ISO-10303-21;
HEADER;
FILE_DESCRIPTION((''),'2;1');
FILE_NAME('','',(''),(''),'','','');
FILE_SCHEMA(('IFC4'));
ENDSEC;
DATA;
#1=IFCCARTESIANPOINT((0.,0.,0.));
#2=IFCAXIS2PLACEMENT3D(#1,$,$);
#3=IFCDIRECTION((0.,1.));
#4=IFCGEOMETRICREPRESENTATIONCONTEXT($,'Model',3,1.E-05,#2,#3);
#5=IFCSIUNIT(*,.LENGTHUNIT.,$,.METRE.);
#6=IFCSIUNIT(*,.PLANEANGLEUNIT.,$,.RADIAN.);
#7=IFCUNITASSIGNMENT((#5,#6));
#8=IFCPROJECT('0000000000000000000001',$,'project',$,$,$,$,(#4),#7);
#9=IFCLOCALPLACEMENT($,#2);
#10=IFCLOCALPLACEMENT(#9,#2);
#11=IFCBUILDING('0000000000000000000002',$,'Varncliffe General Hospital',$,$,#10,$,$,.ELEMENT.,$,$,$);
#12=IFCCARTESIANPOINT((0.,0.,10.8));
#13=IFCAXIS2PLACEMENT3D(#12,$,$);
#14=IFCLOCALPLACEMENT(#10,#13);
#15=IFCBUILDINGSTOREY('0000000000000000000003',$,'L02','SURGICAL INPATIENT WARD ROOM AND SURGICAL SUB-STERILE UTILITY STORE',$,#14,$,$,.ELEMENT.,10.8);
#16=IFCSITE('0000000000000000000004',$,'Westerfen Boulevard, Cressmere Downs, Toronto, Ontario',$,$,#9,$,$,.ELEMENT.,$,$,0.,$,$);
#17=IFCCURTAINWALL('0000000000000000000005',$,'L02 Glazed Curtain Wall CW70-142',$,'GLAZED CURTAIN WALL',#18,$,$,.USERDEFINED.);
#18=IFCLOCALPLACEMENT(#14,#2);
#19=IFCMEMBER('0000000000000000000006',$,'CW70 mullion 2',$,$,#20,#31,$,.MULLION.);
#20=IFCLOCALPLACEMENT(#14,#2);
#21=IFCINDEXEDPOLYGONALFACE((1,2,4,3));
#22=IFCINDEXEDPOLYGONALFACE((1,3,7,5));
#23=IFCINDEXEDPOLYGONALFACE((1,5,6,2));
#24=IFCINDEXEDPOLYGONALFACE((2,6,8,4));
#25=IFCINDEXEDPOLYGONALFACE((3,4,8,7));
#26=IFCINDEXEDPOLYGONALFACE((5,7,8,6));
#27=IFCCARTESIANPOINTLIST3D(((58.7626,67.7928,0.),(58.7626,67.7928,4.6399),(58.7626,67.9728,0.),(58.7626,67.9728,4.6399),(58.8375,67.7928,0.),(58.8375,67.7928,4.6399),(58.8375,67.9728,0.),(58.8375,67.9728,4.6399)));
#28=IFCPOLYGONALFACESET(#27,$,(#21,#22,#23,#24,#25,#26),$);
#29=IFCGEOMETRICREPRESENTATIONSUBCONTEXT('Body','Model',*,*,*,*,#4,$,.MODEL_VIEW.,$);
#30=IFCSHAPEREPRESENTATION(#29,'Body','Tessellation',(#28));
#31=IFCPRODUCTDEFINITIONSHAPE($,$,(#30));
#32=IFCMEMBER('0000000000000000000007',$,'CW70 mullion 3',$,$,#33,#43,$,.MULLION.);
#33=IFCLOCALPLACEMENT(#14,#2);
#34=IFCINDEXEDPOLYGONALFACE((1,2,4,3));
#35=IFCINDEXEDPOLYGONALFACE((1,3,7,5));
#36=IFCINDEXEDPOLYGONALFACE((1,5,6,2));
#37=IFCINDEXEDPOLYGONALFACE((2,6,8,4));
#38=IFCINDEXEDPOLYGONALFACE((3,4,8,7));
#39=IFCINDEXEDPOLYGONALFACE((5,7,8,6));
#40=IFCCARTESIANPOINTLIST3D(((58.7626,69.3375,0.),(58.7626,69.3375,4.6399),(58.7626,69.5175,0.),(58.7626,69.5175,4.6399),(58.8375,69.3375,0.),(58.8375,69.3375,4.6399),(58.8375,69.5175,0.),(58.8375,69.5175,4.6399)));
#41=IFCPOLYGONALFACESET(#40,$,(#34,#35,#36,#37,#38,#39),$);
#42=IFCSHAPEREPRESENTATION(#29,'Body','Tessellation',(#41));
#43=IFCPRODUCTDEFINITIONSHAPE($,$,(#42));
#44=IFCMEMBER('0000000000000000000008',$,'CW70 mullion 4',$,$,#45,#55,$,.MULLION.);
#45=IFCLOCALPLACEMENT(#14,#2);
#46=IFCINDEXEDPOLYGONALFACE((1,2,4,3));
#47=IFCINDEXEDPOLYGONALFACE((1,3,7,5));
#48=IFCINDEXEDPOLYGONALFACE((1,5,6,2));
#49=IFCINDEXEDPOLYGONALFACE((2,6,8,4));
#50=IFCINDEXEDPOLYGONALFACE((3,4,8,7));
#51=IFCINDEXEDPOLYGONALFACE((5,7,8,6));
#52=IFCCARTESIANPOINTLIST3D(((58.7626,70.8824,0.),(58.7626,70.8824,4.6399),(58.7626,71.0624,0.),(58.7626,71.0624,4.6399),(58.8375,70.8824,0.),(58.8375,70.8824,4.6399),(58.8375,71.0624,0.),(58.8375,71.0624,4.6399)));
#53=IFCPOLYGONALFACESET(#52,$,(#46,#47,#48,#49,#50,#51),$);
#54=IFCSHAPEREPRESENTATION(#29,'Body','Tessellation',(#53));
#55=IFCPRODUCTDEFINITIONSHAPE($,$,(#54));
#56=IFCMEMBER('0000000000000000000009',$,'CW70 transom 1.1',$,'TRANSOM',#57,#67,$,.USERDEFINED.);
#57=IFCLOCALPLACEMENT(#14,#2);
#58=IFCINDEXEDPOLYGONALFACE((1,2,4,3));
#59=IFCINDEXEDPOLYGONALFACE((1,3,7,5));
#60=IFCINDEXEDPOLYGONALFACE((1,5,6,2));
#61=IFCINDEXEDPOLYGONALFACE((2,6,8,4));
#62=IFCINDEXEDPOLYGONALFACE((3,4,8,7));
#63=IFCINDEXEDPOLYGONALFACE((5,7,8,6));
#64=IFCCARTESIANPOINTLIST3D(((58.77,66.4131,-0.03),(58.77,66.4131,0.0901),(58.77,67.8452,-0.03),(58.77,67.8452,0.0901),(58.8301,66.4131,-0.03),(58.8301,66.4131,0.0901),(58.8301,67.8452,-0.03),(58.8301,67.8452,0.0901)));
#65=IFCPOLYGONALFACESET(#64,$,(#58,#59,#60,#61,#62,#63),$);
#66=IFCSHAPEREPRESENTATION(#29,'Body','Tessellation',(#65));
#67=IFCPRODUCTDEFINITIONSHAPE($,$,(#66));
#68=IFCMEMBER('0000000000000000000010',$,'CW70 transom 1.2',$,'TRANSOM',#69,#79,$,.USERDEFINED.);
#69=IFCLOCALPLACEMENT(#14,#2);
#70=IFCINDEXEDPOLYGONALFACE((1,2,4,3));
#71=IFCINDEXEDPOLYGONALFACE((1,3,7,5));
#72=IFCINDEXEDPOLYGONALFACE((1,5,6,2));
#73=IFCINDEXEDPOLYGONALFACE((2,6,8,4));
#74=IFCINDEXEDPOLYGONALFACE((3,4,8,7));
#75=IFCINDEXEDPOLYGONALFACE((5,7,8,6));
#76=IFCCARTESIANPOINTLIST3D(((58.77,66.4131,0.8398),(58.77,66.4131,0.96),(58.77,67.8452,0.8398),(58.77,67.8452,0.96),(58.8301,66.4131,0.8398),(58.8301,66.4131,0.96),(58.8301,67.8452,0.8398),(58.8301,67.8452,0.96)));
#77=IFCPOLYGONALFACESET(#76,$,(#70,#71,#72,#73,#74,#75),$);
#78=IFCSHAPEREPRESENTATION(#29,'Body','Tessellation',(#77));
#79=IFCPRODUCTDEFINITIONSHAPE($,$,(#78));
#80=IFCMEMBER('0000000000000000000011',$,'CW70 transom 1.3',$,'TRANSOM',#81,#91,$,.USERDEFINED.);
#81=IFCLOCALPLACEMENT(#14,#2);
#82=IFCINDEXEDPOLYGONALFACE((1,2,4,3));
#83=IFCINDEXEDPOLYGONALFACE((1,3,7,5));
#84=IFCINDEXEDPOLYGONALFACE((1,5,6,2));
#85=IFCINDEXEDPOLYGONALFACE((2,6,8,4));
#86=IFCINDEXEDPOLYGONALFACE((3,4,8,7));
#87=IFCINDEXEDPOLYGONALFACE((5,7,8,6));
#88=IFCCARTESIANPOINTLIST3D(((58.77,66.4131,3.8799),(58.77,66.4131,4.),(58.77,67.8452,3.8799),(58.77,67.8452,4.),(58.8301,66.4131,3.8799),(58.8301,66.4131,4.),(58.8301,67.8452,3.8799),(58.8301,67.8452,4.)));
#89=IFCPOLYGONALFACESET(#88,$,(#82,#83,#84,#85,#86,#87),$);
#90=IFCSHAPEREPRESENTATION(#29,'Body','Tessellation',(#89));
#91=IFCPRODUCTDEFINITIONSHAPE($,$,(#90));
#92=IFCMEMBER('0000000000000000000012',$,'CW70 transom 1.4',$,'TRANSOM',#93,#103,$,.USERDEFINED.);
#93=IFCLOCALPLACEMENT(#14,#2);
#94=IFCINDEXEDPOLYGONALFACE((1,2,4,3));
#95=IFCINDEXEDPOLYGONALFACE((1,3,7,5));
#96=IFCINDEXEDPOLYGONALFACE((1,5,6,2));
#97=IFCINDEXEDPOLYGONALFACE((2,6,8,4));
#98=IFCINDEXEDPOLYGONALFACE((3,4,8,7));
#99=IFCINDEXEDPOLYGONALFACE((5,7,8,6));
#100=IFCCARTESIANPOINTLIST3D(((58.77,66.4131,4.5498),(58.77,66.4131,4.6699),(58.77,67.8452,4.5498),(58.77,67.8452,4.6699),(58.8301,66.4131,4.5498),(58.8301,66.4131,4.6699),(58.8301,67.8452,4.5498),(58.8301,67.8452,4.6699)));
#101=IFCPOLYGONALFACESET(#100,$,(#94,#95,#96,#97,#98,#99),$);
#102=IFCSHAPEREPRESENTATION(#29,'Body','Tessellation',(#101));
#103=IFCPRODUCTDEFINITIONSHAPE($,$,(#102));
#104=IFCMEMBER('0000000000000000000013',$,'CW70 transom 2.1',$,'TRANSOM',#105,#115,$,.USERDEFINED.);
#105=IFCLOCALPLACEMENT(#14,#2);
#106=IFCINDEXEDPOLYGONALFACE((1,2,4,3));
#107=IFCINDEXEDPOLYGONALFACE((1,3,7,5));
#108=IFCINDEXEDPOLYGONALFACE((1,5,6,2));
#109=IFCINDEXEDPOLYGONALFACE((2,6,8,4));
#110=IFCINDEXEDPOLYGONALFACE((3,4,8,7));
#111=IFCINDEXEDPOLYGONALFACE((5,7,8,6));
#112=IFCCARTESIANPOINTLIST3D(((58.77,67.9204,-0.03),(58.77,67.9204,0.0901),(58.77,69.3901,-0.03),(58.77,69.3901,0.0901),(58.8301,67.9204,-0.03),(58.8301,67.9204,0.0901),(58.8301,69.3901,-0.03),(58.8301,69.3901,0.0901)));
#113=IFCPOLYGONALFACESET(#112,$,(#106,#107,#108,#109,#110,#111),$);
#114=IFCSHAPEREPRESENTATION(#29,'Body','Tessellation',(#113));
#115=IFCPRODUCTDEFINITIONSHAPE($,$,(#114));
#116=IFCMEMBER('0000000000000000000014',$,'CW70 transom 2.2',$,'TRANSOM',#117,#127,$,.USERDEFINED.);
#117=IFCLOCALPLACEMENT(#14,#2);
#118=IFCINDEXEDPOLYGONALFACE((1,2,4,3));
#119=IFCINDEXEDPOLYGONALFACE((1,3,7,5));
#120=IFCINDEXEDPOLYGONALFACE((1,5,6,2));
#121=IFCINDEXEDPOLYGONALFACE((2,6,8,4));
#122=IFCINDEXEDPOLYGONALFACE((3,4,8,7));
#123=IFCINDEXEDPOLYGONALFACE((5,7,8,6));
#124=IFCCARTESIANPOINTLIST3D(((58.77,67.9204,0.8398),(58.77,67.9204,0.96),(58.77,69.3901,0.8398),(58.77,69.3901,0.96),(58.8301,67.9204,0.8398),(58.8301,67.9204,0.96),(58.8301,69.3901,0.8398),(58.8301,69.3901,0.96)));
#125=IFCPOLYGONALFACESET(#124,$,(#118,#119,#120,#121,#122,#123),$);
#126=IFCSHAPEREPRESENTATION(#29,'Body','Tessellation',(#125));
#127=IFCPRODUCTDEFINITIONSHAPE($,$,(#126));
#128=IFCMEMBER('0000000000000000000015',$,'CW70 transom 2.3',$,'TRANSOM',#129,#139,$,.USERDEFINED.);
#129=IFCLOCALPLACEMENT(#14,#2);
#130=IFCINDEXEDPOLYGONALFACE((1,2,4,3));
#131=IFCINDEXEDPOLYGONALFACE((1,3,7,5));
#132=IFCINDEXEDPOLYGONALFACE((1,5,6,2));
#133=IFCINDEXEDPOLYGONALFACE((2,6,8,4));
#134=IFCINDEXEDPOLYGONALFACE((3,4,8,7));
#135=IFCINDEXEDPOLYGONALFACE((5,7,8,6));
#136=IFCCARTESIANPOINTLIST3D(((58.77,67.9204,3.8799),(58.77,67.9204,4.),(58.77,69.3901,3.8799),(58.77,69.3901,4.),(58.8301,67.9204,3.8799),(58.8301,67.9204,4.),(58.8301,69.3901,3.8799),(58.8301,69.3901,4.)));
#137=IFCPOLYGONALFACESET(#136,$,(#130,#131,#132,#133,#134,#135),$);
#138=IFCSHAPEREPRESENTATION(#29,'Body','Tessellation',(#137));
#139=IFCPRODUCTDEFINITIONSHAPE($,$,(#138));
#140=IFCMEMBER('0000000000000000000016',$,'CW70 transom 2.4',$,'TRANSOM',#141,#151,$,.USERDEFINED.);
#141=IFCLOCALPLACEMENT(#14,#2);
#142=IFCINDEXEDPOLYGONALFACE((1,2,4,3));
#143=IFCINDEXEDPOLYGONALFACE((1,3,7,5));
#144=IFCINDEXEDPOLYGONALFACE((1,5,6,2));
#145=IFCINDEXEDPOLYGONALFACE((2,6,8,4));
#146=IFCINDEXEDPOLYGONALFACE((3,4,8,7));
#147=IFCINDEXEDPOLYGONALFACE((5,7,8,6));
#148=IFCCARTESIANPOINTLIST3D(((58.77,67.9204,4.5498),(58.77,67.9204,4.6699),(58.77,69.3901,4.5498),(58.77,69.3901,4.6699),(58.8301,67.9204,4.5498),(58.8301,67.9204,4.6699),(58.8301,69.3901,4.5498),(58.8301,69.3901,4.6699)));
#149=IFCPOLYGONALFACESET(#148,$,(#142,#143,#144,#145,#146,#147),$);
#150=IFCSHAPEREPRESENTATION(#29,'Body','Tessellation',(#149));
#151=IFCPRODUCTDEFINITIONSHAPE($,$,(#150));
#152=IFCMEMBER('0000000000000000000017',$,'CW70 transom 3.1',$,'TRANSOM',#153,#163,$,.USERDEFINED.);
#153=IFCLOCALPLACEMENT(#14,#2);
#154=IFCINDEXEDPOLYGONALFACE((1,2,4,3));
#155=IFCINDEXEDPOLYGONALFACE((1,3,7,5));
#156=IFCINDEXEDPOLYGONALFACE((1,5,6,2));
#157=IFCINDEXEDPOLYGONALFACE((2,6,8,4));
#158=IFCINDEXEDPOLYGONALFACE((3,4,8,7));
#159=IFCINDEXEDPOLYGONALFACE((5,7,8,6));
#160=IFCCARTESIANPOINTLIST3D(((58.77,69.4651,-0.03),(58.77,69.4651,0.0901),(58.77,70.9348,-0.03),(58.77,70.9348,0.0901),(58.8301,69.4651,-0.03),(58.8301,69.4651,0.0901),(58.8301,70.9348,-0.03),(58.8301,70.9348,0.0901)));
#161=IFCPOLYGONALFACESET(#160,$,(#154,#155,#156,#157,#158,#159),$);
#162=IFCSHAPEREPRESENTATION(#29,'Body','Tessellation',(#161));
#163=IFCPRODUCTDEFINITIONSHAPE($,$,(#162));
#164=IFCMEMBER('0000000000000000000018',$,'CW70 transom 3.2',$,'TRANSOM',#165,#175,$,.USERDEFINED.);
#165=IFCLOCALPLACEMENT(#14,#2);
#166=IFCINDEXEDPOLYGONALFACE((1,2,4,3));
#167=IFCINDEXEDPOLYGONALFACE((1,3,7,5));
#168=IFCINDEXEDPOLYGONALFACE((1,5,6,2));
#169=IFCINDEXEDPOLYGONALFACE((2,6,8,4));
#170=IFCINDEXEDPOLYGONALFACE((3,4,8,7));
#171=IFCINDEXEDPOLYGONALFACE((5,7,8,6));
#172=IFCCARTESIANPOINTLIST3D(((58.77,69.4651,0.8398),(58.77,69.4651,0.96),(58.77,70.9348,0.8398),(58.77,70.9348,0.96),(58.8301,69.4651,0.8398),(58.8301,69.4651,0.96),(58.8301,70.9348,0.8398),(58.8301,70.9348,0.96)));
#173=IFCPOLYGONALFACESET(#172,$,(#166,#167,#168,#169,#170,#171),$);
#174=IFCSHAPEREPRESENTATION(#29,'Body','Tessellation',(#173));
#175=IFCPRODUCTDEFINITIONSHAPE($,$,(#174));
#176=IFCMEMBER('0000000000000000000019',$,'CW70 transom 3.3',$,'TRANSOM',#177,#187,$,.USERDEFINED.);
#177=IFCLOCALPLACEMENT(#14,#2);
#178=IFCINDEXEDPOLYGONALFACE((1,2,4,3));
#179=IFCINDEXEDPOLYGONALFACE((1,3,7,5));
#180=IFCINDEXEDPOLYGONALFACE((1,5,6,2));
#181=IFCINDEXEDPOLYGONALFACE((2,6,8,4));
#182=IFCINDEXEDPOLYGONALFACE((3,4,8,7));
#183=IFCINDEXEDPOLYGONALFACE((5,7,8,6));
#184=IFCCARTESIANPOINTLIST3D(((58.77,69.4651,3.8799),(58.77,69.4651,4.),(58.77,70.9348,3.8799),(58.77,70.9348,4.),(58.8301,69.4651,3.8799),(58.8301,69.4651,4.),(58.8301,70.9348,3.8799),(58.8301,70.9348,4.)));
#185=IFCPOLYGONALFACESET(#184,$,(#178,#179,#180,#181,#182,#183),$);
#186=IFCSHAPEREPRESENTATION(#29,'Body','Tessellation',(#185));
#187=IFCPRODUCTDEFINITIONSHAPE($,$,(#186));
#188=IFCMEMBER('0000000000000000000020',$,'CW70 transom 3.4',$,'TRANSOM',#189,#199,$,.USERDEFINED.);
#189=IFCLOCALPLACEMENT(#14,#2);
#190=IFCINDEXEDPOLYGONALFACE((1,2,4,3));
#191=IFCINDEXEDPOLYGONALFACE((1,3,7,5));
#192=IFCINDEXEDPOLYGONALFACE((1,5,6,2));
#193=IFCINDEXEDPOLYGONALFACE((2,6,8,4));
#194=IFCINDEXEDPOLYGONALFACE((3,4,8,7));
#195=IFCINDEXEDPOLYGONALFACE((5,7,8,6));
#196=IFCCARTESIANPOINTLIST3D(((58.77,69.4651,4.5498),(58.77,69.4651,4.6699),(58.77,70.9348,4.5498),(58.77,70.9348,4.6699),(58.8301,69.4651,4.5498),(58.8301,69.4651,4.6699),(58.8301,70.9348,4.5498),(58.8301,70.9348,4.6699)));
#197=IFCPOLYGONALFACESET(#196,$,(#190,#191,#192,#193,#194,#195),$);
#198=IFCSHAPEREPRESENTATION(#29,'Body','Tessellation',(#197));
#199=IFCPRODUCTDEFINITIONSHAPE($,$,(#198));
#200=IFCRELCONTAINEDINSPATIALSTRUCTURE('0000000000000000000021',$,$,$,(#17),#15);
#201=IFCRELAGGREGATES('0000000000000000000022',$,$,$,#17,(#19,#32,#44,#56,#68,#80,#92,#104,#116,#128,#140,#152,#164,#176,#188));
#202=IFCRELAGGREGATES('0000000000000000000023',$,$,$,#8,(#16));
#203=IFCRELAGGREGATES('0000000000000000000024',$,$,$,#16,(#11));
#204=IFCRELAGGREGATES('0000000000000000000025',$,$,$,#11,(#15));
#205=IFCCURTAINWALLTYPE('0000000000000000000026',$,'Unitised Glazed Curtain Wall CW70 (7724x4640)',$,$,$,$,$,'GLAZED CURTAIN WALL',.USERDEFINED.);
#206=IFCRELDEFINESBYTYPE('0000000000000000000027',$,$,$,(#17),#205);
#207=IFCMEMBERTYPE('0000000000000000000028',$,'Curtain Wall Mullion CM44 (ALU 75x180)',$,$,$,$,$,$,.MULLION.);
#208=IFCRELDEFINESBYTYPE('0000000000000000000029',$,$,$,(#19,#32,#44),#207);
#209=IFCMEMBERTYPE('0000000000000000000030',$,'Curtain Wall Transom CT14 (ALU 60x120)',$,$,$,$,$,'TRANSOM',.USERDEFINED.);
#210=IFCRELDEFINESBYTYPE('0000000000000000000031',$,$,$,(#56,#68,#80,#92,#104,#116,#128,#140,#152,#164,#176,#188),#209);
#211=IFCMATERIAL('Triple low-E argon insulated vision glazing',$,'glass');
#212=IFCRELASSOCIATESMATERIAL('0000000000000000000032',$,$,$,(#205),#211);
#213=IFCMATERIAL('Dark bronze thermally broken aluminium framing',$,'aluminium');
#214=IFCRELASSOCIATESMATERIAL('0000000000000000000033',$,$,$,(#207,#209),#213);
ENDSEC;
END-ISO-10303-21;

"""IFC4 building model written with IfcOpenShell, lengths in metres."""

from ifc_helpers import new_model, si_unit, direction, frame, origin, origin_2d, place, context, subcontext, project, spatial, rectangle, extrude, material, material_profile, profile_set, type_object, element, aggregate, save


model = new_model("IFC4")

# Units and contexts
model_context = context("Model", 3, precision=1e-05, world=origin(), true_north=direction((0.0, 1.0)))
body_context = subcontext(model_context, "Body", "Model", "MODEL_VIEW")
ifc_project = project(units=[si_unit("LENGTHUNIT", "METRE"), si_unit("PLANEANGLEUNIT", "RADIAN")], contexts=[model_context])

# Site, building, storey
site_placement = place(None, origin())
site = spatial("IfcSite", under=ifc_project, at=site_placement, Name="Westerfen Boulevard, Cressmere Downs, Toronto, Ontario", CompositionType="ELEMENT", RefElevation=0.0)
building_placement = place(site_placement, origin())
building = spatial("IfcBuilding", under=site, at=building_placement, Name="Varncliffe General Hospital", CompositionType="ELEMENT")
storey_placement = place(building_placement, frame((0.0, 0.0, 10.8)))
storey = spatial("IfcBuildingStorey", under=building, at=storey_placement, Name="L02", Description="SURGICAL INPATIENT WARD ROOM AND SURGICAL SUB-STERILE UTILITY STORE", CompositionType="ELEMENT", Elevation=10.8)

# Curtain wall, members
ifc_material_1 = material(Name="Triple low-E argon insulated vision glazing", Category="glass")
curtain_wall_type = type_object("IfcCurtainWallType", Name="Unitised Glazed Curtain Wall CW70 (7724x4640)", ElementType="GLAZED CURTAIN WALL", PredefinedType="USERDEFINED", material=ifc_material_1)
curtain_wall_placement = place(storey_placement, origin())
curtain_wall = element("IfcCurtainWall", 1, at=curtain_wall_placement, inside=storey, type_object=curtain_wall_type, Name="L02 Glazed Curtain Wall CW70-142", ObjectType="GLAZED CURTAIN WALL", PredefinedType="USERDEFINED")
ifc_material_2 = material(Name="Dark bronze thermally broken aluminium framing", Category="aluminium")
ifc_material_profile_1 = material_profile(ifc_material_2, rectangle(XDim=0.075, YDim=0.1799, at=origin_2d()), Name="ALU 75x180")
ifc_profile_set_1 = profile_set([ifc_material_profile_1], Name="Dark bronze thermally broken aluminium framing")
member_type_1 = type_object("IfcMemberType", Name="Curtain Wall Mullion CM44 (ALU 75x180)", PredefinedType="MULLION", material=ifc_profile_set_1)
member_1_placement = place(storey_placement, frame((58.8, 67.8828, 0.0), z_axis=(0.0, 0.0, 1.0), x_axis=(-1.0, 0.0, 0.0)))
member_1 = element("IfcMember", 2, at=member_1_placement, type_object=member_type_1, Name="CW70 mullion 2", PredefinedType="MULLION", context=body_context, shape_type="SweptSolid", body=[
    extrude(rectangle(XDim=0.075, YDim=0.1799, at=origin_2d()), origin(), (0.0, 0.0, 1.0), 4.6399),
])
member_2_placement = place(storey_placement, frame((58.8, 69.4275, 0.0), z_axis=(0.0, 0.0, 1.0), x_axis=(-1.0, 0.0, 0.0)))
member_2 = element("IfcMember", 3, at=member_2_placement, type_object=member_type_1, Name="CW70 mullion 3", PredefinedType="MULLION", context=body_context, shape_type="SweptSolid", body=[
    extrude(rectangle(XDim=0.075, YDim=0.1799, at=origin_2d()), origin(), (0.0, 0.0, 1.0), 4.6399),
])
member_3_placement = place(storey_placement, frame((58.8, 70.9724, 0.0), z_axis=(0.0, 0.0, 1.0), x_axis=(-1.0, 0.0, 0.0)))
member_3 = element("IfcMember", 4, at=member_3_placement, type_object=member_type_1, Name="CW70 mullion 4", PredefinedType="MULLION", context=body_context, shape_type="SweptSolid", body=[
    extrude(rectangle(XDim=0.075, YDim=0.1799, at=origin_2d()), origin(), (0.0, 0.0, 1.0), 4.6399),
])
ifc_material_profile_2 = material_profile(ifc_material_2, rectangle(XDim=0.0601, YDim=0.1201, at=origin_2d()), Name="ALU 60x120")
ifc_profile_set_2 = profile_set([ifc_material_profile_2], Name="Dark bronze thermally broken aluminium framing")
member_type_2 = type_object("IfcMemberType", Name="Curtain Wall Transom CT14 (ALU 60x120)", ElementType="TRANSOM", PredefinedType="USERDEFINED", material=ifc_profile_set_2)
member_4_placement = place(storey_placement, frame((58.8, 66.4131, 0.03), z_axis=(0.0, 1.0, 0.0), x_axis=(-1.0, 0.0, 0.0)))
member_4 = element("IfcMember", 5, at=member_4_placement, type_object=member_type_2, Name="CW70 transom 1.1", ObjectType="TRANSOM", PredefinedType="USERDEFINED", context=body_context, shape_type="SweptSolid", body=[
    extrude(rectangle(XDim=0.0601, YDim=0.1201, at=origin_2d()), origin(), (0.0, 0.0, 1.0), 1.4321),
])
member_5_placement = place(storey_placement, frame((58.8, 66.4131, 0.8999), z_axis=(0.0, 1.0, 0.0), x_axis=(-1.0, 0.0, 0.0)))
member_5 = element("IfcMember", 6, at=member_5_placement, type_object=member_type_2, Name="CW70 transom 1.2", ObjectType="TRANSOM", PredefinedType="USERDEFINED", context=body_context, shape_type="SweptSolid", body=[
    extrude(rectangle(XDim=0.0601, YDim=0.1201, at=origin_2d()), origin(), (0.0, 0.0, 1.0), 1.4321),
])
member_6_placement = place(storey_placement, frame((58.8, 66.4131, 3.9399), z_axis=(0.0, 1.0, 0.0), x_axis=(-1.0, 0.0, 0.0)))
member_6 = element("IfcMember", 7, at=member_6_placement, type_object=member_type_2, Name="CW70 transom 1.3", ObjectType="TRANSOM", PredefinedType="USERDEFINED", context=body_context, shape_type="SweptSolid", body=[
    extrude(rectangle(XDim=0.0601, YDim=0.1201, at=origin_2d()), origin(), (0.0, 0.0, 1.0), 1.4321),
])
member_7_placement = place(storey_placement, frame((58.8, 66.4131, 4.6099), z_axis=(0.0, 1.0, 0.0), x_axis=(-1.0, 0.0, 0.0)))
member_7 = element("IfcMember", 8, at=member_7_placement, type_object=member_type_2, Name="CW70 transom 1.4", ObjectType="TRANSOM", PredefinedType="USERDEFINED", context=body_context, shape_type="SweptSolid", body=[
    extrude(rectangle(XDim=0.0601, YDim=0.1201, at=origin_2d()), origin(), (0.0, 0.0, 1.0), 1.4321),
])
member_8_placement = place(storey_placement, frame((58.8, 67.9204, 0.03), z_axis=(0.0, 1.0, 0.0), x_axis=(-1.0, 0.0, 0.0)))
member_8 = element("IfcMember", 9, at=member_8_placement, type_object=member_type_2, Name="CW70 transom 2.1", ObjectType="TRANSOM", PredefinedType="USERDEFINED", context=body_context, shape_type="SweptSolid", body=[
    extrude(rectangle(XDim=0.0601, YDim=0.1201, at=origin_2d()), origin(), (0.0, 0.0, 1.0), 1.4697),
])
member_9_placement = place(storey_placement, frame((58.8, 67.9204, 0.8999), z_axis=(0.0, 1.0, 0.0), x_axis=(-1.0, 0.0, 0.0)))
member_9 = element("IfcMember", 10, at=member_9_placement, type_object=member_type_2, Name="CW70 transom 2.2", ObjectType="TRANSOM", PredefinedType="USERDEFINED", context=body_context, shape_type="SweptSolid", body=[
    extrude(rectangle(XDim=0.0601, YDim=0.1201, at=origin_2d()), origin(), (0.0, 0.0, 1.0), 1.4697),
])
member_10_placement = place(storey_placement, frame((58.8, 67.9204, 3.9399), z_axis=(0.0, 1.0, 0.0), x_axis=(-1.0, 0.0, 0.0)))
member_10 = element("IfcMember", 11, at=member_10_placement, type_object=member_type_2, Name="CW70 transom 2.3", ObjectType="TRANSOM", PredefinedType="USERDEFINED", context=body_context, shape_type="SweptSolid", body=[
    extrude(rectangle(XDim=0.0601, YDim=0.1201, at=origin_2d()), origin(), (0.0, 0.0, 1.0), 1.4697),
])
member_11_placement = place(storey_placement, frame((58.8, 67.9204, 4.6099), z_axis=(0.0, 1.0, 0.0), x_axis=(-1.0, 0.0, 0.0)))
member_11 = element("IfcMember", 12, at=member_11_placement, type_object=member_type_2, Name="CW70 transom 2.4", ObjectType="TRANSOM", PredefinedType="USERDEFINED", context=body_context, shape_type="SweptSolid", body=[
    extrude(rectangle(XDim=0.0601, YDim=0.1201, at=origin_2d()), origin(), (0.0, 0.0, 1.0), 1.4697),
])
member_12_placement = place(storey_placement, frame((58.8, 69.4651, 0.03), z_axis=(0.0, 1.0, 0.0), x_axis=(-1.0, 0.0, 0.0)))
member_12 = element("IfcMember", 13, at=member_12_placement, type_object=member_type_2, Name="CW70 transom 3.1", ObjectType="TRANSOM", PredefinedType="USERDEFINED", context=body_context, shape_type="SweptSolid", body=[
    extrude(rectangle(XDim=0.0601, YDim=0.1201, at=origin_2d()), origin(), (0.0, 0.0, 1.0), 1.4697),
])
member_13_placement = place(storey_placement, frame((58.8, 69.4651, 0.8999), z_axis=(0.0, 1.0, 0.0), x_axis=(-1.0, 0.0, 0.0)))
member_13 = element("IfcMember", 14, at=member_13_placement, type_object=member_type_2, Name="CW70 transom 3.2", ObjectType="TRANSOM", PredefinedType="USERDEFINED", context=body_context, shape_type="SweptSolid", body=[
    extrude(rectangle(XDim=0.0601, YDim=0.1201, at=origin_2d()), origin(), (0.0, 0.0, 1.0), 1.4697),
])
member_14_placement = place(storey_placement, frame((58.8, 69.4651, 3.9399), z_axis=(0.0, 1.0, 0.0), x_axis=(-1.0, 0.0, 0.0)))
member_14 = element("IfcMember", 15, at=member_14_placement, type_object=member_type_2, Name="CW70 transom 3.3", ObjectType="TRANSOM", PredefinedType="USERDEFINED", context=body_context, shape_type="SweptSolid", body=[
    extrude(rectangle(XDim=0.0601, YDim=0.1201, at=origin_2d()), origin(), (0.0, 0.0, 1.0), 1.4697),
])
member_15_placement = place(storey_placement, frame((58.8, 69.4651, 4.6099), z_axis=(0.0, 1.0, 0.0), x_axis=(-1.0, 0.0, 0.0)))
member_15 = element("IfcMember", 16, at=member_15_placement, type_object=member_type_2, Name="CW70 transom 3.4", ObjectType="TRANSOM", PredefinedType="USERDEFINED", context=body_context, shape_type="SweptSolid", body=[
    extrude(rectangle(XDim=0.0601, YDim=0.1201, at=origin_2d()), origin(), (0.0, 0.0, 1.0), 1.4697),
])
aggregate(curtain_wall, [member_1, member_2, member_3, member_4, member_5, member_6, member_7, member_8, member_9, member_10, member_11, member_12, member_13, member_14, member_15])

save(model, "model.ifc")
